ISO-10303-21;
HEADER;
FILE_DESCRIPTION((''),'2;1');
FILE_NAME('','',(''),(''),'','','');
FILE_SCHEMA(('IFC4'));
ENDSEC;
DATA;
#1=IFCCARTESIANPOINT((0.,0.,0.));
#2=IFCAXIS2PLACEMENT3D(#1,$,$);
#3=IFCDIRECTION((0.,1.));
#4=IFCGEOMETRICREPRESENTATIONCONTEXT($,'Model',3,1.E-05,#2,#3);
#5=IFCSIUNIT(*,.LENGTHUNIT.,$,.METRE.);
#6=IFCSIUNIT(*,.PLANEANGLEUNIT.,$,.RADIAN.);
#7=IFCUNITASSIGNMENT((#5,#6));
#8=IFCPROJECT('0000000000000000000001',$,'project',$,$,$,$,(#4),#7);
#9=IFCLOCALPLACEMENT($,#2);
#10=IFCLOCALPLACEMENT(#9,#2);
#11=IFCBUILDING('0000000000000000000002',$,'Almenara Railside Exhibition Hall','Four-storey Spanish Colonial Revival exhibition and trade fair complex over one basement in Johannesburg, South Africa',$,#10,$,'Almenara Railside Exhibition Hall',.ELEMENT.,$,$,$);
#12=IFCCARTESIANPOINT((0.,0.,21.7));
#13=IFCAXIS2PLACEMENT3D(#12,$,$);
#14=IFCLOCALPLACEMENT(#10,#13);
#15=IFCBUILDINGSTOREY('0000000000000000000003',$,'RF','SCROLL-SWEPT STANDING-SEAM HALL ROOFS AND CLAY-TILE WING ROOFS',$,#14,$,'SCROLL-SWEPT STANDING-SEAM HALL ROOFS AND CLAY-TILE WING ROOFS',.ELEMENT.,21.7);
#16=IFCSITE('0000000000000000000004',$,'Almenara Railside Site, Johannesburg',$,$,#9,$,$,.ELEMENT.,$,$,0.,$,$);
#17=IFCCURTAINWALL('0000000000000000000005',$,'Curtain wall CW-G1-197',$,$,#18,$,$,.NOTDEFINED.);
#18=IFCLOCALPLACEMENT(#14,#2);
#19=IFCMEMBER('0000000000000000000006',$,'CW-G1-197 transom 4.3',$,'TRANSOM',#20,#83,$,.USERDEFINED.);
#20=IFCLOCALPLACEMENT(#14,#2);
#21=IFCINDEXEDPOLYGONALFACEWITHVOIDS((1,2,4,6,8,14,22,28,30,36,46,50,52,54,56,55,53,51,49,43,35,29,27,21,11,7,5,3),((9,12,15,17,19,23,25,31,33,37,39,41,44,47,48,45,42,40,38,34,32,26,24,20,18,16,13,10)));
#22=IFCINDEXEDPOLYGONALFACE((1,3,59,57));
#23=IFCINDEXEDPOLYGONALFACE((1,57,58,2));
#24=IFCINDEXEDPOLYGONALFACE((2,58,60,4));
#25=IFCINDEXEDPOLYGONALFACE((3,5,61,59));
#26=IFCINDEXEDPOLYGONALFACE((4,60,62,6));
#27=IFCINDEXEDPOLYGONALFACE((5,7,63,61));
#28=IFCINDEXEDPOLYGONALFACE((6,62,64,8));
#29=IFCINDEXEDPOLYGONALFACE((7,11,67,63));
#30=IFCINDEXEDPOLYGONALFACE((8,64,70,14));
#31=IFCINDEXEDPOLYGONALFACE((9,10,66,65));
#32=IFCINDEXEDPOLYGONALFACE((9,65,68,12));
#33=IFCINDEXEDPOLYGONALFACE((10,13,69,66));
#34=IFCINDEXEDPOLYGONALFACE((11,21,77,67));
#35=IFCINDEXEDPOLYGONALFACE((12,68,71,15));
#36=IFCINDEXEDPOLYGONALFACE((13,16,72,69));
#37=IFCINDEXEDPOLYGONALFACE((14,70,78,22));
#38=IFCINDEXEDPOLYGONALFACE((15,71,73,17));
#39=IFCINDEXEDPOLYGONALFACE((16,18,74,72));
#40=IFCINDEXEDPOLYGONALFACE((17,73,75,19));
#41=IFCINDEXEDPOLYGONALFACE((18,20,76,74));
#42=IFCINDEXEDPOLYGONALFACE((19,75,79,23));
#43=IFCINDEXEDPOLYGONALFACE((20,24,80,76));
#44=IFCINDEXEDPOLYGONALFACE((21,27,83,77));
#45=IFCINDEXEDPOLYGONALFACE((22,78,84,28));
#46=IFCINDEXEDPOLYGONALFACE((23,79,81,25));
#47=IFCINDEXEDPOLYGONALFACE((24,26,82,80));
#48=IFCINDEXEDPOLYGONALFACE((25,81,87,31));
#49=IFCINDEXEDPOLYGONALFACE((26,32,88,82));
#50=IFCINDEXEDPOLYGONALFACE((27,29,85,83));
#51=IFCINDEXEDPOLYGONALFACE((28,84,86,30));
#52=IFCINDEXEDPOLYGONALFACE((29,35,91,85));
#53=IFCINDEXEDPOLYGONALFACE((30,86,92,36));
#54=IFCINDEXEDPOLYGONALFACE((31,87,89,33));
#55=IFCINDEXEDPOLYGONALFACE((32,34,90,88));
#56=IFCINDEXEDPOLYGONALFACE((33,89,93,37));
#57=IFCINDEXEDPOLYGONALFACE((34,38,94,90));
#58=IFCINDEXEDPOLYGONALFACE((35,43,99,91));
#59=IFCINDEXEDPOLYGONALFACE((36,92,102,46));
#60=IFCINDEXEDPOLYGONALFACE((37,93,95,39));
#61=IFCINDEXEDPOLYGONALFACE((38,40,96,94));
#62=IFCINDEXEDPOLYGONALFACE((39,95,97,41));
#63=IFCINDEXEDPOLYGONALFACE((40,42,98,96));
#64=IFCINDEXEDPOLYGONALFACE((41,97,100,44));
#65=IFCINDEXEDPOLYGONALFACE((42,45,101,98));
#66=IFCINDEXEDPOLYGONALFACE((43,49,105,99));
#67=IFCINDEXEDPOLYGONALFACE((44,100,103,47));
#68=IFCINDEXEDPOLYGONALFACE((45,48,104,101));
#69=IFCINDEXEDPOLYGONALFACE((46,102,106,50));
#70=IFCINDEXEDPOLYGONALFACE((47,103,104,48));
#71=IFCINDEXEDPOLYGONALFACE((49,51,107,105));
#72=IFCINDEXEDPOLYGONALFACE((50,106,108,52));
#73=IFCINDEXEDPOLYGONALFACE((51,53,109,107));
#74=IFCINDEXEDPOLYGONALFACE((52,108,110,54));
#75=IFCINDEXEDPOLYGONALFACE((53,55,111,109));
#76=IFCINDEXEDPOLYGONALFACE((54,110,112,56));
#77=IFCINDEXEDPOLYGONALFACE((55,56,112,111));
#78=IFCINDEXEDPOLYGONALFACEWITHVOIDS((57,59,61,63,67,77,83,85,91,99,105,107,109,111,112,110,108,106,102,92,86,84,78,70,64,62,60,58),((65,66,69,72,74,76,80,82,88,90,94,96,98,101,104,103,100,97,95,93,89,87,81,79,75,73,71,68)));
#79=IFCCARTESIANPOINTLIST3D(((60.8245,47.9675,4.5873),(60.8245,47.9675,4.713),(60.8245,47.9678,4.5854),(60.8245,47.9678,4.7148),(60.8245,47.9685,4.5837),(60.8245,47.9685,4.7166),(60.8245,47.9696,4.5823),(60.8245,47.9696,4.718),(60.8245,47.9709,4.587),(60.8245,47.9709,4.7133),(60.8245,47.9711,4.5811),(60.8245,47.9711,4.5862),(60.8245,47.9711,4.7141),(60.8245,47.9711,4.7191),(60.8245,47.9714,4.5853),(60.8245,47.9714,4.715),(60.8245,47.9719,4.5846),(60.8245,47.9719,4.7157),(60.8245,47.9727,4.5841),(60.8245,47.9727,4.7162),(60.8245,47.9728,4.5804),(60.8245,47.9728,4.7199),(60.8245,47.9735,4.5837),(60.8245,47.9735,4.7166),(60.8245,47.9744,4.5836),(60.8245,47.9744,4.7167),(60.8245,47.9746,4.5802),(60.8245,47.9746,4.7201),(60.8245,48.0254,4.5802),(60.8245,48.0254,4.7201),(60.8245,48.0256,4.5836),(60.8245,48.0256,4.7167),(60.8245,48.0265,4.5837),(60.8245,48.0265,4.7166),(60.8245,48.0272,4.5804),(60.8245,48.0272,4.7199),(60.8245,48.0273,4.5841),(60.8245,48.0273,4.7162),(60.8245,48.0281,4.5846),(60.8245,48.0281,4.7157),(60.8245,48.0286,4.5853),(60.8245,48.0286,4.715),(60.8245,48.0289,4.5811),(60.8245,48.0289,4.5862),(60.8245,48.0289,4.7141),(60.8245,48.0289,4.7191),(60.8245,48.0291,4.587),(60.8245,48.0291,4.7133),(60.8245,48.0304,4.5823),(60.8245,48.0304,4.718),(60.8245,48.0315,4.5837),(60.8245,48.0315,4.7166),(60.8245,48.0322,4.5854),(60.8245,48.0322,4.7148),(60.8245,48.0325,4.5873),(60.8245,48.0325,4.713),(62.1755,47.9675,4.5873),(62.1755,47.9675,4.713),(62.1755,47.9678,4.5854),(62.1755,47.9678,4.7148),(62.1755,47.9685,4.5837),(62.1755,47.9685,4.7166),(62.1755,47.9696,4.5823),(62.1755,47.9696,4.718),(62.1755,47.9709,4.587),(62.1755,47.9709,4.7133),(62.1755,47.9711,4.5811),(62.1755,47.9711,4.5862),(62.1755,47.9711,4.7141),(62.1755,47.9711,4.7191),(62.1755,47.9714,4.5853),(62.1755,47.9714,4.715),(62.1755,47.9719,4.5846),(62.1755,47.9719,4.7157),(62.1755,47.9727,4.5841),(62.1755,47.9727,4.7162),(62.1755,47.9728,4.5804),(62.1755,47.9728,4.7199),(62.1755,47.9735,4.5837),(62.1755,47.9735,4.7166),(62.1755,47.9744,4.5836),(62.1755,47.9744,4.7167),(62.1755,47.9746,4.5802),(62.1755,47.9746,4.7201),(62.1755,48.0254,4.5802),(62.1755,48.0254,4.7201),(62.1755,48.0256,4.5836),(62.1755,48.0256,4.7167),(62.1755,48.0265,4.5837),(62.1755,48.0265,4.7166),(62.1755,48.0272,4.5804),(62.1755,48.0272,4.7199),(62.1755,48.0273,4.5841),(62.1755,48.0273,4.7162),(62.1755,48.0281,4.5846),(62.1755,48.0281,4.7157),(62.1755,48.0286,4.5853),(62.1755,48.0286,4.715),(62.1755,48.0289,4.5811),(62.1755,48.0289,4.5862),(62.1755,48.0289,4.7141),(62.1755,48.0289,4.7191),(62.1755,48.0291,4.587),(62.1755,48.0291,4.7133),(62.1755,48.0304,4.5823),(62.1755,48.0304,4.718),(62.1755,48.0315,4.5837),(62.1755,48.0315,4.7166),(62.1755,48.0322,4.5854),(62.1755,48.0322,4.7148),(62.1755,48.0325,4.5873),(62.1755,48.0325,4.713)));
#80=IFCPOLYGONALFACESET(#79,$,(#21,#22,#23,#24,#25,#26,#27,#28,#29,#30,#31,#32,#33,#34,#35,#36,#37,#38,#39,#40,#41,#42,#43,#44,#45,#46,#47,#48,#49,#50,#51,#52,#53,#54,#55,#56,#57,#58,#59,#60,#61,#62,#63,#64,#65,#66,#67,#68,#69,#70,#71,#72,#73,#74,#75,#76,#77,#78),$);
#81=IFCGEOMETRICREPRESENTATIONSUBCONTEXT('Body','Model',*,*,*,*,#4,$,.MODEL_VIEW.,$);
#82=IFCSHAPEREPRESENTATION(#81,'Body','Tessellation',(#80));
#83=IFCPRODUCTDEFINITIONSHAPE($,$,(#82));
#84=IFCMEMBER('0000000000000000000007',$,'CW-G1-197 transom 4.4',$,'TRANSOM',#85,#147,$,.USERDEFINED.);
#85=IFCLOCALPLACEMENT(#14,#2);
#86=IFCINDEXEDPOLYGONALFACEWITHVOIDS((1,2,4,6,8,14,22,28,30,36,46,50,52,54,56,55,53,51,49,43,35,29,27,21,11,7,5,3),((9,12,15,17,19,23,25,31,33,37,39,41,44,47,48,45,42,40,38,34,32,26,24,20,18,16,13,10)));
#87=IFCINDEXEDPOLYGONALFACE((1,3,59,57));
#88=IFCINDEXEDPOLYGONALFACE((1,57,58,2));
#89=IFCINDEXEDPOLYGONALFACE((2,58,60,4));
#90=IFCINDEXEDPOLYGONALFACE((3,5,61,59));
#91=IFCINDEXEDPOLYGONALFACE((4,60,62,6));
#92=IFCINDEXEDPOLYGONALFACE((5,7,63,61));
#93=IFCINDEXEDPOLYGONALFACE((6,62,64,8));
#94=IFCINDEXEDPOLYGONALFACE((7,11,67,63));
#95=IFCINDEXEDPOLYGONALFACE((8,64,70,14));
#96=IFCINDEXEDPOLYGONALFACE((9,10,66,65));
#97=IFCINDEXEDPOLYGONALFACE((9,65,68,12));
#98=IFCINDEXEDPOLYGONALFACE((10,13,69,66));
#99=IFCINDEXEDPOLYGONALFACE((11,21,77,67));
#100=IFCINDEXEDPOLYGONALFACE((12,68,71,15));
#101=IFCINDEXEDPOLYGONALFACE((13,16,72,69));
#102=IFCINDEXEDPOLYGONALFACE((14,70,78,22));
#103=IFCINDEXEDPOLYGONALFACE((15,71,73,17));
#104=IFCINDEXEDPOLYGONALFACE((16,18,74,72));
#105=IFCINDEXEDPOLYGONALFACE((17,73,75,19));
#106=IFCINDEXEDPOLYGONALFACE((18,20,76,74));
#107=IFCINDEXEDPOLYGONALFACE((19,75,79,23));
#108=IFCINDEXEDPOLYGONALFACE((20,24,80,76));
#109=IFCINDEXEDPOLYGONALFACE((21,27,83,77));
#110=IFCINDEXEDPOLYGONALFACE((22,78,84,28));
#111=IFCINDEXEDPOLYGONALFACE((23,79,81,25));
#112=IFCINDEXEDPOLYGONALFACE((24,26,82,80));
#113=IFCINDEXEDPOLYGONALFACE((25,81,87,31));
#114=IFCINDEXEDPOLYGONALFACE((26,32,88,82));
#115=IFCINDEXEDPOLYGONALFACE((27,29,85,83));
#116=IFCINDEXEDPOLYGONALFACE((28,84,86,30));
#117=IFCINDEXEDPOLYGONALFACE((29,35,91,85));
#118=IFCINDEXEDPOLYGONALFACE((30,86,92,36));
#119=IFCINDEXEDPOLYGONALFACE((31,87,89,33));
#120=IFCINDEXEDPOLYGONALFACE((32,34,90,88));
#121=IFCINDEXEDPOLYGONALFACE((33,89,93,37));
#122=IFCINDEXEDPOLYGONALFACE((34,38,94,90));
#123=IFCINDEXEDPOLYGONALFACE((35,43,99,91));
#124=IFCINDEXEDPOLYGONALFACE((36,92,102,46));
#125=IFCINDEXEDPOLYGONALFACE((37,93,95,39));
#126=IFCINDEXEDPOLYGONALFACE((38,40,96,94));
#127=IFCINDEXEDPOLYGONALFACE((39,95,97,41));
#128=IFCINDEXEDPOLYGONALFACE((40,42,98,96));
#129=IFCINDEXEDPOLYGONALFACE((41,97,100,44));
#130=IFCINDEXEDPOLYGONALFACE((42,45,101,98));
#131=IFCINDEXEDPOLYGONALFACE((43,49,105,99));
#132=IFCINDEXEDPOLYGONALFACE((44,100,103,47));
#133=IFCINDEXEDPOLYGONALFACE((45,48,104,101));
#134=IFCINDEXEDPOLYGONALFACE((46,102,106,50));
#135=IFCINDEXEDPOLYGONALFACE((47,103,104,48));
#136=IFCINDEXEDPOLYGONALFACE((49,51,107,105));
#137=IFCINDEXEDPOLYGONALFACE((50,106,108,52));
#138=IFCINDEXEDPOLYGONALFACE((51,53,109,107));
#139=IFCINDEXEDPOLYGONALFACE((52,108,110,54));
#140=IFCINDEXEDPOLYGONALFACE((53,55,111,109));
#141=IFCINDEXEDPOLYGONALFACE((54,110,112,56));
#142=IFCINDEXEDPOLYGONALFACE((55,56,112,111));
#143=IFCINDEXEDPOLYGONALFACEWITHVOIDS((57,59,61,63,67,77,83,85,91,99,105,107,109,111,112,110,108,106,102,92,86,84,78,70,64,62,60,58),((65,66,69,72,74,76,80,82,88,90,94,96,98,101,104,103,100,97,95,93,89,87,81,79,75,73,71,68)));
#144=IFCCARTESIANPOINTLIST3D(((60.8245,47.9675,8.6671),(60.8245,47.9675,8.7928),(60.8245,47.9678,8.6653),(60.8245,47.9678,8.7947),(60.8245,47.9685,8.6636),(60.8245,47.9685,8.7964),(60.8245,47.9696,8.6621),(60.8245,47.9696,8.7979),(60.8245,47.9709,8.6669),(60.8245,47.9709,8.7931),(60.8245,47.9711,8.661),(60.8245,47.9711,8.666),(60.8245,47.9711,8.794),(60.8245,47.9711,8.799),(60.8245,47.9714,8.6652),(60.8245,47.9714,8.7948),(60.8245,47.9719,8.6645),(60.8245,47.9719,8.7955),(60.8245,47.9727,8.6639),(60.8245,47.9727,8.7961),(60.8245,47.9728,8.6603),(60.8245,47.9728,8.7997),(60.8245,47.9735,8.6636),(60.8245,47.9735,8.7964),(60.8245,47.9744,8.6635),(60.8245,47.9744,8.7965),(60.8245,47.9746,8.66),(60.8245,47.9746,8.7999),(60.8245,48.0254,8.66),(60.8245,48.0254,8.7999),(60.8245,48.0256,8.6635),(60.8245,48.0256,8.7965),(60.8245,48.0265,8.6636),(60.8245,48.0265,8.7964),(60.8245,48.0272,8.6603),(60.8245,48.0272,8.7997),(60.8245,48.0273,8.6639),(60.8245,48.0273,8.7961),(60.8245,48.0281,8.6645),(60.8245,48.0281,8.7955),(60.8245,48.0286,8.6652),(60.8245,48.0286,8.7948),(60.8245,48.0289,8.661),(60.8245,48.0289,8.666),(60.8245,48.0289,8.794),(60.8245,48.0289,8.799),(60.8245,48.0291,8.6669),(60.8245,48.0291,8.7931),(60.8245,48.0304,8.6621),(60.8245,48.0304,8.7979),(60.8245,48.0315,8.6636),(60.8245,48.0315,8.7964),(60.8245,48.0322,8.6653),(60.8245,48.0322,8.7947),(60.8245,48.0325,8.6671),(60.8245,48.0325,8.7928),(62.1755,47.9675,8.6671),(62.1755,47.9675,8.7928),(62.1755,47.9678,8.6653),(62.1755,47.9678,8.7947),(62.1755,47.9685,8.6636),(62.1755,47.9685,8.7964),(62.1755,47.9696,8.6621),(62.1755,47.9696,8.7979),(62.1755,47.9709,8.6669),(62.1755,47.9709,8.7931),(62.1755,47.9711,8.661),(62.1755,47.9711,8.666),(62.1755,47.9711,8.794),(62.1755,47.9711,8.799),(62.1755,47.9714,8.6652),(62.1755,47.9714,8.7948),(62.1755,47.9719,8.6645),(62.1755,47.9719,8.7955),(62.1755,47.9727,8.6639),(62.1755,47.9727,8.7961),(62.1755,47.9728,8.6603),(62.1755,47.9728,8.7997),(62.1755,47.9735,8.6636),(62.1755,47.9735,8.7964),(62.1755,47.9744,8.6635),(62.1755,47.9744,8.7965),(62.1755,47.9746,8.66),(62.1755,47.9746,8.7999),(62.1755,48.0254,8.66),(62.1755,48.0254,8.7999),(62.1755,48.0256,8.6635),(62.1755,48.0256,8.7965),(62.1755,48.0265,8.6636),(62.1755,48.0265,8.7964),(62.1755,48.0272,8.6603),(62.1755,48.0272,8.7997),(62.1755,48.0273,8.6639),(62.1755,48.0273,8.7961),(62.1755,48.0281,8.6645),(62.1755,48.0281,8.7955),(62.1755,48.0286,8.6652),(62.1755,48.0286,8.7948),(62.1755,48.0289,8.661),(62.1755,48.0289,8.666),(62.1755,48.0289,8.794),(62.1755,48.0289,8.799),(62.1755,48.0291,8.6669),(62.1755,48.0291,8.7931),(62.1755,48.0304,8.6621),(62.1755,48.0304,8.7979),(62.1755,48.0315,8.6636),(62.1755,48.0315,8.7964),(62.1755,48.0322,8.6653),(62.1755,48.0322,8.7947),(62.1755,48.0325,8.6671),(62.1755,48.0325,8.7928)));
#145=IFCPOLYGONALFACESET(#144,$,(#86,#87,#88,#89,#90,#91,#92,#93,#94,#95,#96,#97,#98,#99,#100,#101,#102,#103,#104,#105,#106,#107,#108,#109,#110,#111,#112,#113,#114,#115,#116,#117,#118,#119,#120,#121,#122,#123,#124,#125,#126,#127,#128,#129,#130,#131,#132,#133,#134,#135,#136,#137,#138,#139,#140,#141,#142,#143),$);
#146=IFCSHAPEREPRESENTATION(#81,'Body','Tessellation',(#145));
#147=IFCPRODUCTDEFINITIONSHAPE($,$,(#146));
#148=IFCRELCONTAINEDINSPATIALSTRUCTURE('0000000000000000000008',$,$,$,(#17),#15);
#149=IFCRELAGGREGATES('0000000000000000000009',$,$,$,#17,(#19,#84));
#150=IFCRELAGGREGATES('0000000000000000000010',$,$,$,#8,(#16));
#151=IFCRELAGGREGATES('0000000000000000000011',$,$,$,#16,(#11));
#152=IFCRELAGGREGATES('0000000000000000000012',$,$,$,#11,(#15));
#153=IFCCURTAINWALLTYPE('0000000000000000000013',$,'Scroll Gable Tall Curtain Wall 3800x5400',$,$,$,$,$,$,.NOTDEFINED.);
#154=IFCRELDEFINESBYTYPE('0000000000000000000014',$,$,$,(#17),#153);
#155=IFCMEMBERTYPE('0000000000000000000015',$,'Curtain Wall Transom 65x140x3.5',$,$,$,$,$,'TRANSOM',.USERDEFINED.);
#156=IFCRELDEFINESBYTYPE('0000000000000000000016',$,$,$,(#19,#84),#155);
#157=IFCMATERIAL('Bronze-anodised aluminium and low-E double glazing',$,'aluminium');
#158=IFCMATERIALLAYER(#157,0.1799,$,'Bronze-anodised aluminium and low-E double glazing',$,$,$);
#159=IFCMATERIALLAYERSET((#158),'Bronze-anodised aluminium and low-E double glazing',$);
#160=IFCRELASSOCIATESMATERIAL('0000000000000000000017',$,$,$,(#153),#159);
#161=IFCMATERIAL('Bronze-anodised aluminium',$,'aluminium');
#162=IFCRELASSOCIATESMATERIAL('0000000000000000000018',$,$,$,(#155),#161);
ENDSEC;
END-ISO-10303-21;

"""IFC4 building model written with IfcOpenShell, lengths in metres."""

from ifc_helpers import new_model, si_unit, direction, frame, origin, origin_2d, place, context, subcontext, project, spatial, hollow_rectangle, extrude, material, layer, layer_set, material_profile, profile_set, type_object, element, aggregate, save


model = new_model("IFC4")

# Units and contexts
model_context = context("Model", 3, precision=1e-05, world=origin(), true_north=direction((0.0, 1.0)))
body_context = subcontext(model_context, "Body", "Model", "MODEL_VIEW")
ifc_project = project(units=[si_unit("LENGTHUNIT", "METRE"), si_unit("PLANEANGLEUNIT", "RADIAN")], contexts=[model_context])

# Site, building, storey
site_placement = place(None, origin())
site = spatial("IfcSite", under=ifc_project, at=site_placement, Name="Almenara Railside Site, Johannesburg", CompositionType="ELEMENT", RefElevation=0.0)
building_placement = place(site_placement, origin())
building = spatial("IfcBuilding", under=site, at=building_placement, Name="Almenara Railside Exhibition Hall", Description="Four-storey Spanish Colonial Revival exhibition and trade fair complex over one basement in Johannesburg, South Africa", LongName="Almenara Railside Exhibition Hall", CompositionType="ELEMENT")
storey_placement = place(building_placement, frame((0.0, 0.0, 21.7)))
storey = spatial("IfcBuildingStorey", under=building, at=storey_placement, Name="RF", Description="SCROLL-SWEPT STANDING-SEAM HALL ROOFS AND CLAY-TILE WING ROOFS", LongName="SCROLL-SWEPT STANDING-SEAM HALL ROOFS AND CLAY-TILE WING ROOFS", CompositionType="ELEMENT", Elevation=21.7)

# Curtain wall, members
ifc_material_1 = material(Name="Bronze-anodised aluminium and low-E double glazing", Category="aluminium")
ifc_layer_1 = layer(ifc_material_1, 0.1799, Name="Bronze-anodised aluminium and low-E double glazing")
ifc_layer_set_1 = layer_set([ifc_layer_1], Name="Bronze-anodised aluminium and low-E double glazing")
curtain_wall_type = type_object("IfcCurtainWallType", Name="Scroll Gable Tall Curtain Wall 3800x5400", PredefinedType="NOTDEFINED", material=ifc_layer_set_1)
curtain_wall_placement = place(storey_placement, origin())
curtain_wall = element("IfcCurtainWall", 1, at=curtain_wall_placement, inside=storey, type_object=curtain_wall_type, Name="Curtain wall CW-G1-197", PredefinedType="NOTDEFINED")
ifc_material_2 = material(Name="Bronze-anodised aluminium", Category="aluminium")
ifc_material_profile_1 = material_profile(ifc_material_2, hollow_rectangle(XDim=0.0649, YDim=0.1399, WallThickness=0.0034, InnerFilletRadius=0.0034, OuterFilletRadius=0.0071, at=origin_2d()), Name="ALU-TRN 65x140x3.5")
ifc_profile_set_1 = profile_set([ifc_material_profile_1], Name="Bronze-anodised aluminium")
member_type_1 = type_object("IfcMemberType", Name="Curtain Wall Transom 65x140x3.5", ElementType="TRANSOM", PredefinedType="USERDEFINED", material=ifc_profile_set_1)
member_1_placement = place(storey_placement, frame((60.8245, 48.0, 4.6501), z_axis=(1.0, 0.0, 0.0), x_axis=(0.0, 1.0, 0.0)))
member_1 = element("IfcMember", 2, at=member_1_placement, type_object=member_type_1, Name="CW-G1-197 transom 4.3", ObjectType="TRANSOM", PredefinedType="USERDEFINED", context=body_context, shape_type="SweptSolid", body=[
    extrude(hollow_rectangle(XDim=0.0649, YDim=0.1399, WallThickness=0.0034, InnerFilletRadius=0.0034, OuterFilletRadius=0.0071, at=origin_2d()), origin(), (0.0, 0.0, 1.0), 1.3511),
])
member_2_placement = place(storey_placement, frame((60.8245, 48.0, 8.73), z_axis=(1.0, 0.0, 0.0), x_axis=(0.0, 1.0, 0.0)))
member_2 = element("IfcMember", 3, at=member_2_placement, type_object=member_type_1, Name="CW-G1-197 transom 4.4", ObjectType="TRANSOM", PredefinedType="USERDEFINED", context=body_context, shape_type="SweptSolid", body=[
    extrude(hollow_rectangle(XDim=0.0649, YDim=0.1399, WallThickness=0.0034, InnerFilletRadius=0.0034, OuterFilletRadius=0.0071, at=origin_2d()), origin(), (0.0, 0.0, 1.0), 1.3511),
])

aggregate(curtain_wall, [member_1, member_2])

save(model, "model.ifc")
